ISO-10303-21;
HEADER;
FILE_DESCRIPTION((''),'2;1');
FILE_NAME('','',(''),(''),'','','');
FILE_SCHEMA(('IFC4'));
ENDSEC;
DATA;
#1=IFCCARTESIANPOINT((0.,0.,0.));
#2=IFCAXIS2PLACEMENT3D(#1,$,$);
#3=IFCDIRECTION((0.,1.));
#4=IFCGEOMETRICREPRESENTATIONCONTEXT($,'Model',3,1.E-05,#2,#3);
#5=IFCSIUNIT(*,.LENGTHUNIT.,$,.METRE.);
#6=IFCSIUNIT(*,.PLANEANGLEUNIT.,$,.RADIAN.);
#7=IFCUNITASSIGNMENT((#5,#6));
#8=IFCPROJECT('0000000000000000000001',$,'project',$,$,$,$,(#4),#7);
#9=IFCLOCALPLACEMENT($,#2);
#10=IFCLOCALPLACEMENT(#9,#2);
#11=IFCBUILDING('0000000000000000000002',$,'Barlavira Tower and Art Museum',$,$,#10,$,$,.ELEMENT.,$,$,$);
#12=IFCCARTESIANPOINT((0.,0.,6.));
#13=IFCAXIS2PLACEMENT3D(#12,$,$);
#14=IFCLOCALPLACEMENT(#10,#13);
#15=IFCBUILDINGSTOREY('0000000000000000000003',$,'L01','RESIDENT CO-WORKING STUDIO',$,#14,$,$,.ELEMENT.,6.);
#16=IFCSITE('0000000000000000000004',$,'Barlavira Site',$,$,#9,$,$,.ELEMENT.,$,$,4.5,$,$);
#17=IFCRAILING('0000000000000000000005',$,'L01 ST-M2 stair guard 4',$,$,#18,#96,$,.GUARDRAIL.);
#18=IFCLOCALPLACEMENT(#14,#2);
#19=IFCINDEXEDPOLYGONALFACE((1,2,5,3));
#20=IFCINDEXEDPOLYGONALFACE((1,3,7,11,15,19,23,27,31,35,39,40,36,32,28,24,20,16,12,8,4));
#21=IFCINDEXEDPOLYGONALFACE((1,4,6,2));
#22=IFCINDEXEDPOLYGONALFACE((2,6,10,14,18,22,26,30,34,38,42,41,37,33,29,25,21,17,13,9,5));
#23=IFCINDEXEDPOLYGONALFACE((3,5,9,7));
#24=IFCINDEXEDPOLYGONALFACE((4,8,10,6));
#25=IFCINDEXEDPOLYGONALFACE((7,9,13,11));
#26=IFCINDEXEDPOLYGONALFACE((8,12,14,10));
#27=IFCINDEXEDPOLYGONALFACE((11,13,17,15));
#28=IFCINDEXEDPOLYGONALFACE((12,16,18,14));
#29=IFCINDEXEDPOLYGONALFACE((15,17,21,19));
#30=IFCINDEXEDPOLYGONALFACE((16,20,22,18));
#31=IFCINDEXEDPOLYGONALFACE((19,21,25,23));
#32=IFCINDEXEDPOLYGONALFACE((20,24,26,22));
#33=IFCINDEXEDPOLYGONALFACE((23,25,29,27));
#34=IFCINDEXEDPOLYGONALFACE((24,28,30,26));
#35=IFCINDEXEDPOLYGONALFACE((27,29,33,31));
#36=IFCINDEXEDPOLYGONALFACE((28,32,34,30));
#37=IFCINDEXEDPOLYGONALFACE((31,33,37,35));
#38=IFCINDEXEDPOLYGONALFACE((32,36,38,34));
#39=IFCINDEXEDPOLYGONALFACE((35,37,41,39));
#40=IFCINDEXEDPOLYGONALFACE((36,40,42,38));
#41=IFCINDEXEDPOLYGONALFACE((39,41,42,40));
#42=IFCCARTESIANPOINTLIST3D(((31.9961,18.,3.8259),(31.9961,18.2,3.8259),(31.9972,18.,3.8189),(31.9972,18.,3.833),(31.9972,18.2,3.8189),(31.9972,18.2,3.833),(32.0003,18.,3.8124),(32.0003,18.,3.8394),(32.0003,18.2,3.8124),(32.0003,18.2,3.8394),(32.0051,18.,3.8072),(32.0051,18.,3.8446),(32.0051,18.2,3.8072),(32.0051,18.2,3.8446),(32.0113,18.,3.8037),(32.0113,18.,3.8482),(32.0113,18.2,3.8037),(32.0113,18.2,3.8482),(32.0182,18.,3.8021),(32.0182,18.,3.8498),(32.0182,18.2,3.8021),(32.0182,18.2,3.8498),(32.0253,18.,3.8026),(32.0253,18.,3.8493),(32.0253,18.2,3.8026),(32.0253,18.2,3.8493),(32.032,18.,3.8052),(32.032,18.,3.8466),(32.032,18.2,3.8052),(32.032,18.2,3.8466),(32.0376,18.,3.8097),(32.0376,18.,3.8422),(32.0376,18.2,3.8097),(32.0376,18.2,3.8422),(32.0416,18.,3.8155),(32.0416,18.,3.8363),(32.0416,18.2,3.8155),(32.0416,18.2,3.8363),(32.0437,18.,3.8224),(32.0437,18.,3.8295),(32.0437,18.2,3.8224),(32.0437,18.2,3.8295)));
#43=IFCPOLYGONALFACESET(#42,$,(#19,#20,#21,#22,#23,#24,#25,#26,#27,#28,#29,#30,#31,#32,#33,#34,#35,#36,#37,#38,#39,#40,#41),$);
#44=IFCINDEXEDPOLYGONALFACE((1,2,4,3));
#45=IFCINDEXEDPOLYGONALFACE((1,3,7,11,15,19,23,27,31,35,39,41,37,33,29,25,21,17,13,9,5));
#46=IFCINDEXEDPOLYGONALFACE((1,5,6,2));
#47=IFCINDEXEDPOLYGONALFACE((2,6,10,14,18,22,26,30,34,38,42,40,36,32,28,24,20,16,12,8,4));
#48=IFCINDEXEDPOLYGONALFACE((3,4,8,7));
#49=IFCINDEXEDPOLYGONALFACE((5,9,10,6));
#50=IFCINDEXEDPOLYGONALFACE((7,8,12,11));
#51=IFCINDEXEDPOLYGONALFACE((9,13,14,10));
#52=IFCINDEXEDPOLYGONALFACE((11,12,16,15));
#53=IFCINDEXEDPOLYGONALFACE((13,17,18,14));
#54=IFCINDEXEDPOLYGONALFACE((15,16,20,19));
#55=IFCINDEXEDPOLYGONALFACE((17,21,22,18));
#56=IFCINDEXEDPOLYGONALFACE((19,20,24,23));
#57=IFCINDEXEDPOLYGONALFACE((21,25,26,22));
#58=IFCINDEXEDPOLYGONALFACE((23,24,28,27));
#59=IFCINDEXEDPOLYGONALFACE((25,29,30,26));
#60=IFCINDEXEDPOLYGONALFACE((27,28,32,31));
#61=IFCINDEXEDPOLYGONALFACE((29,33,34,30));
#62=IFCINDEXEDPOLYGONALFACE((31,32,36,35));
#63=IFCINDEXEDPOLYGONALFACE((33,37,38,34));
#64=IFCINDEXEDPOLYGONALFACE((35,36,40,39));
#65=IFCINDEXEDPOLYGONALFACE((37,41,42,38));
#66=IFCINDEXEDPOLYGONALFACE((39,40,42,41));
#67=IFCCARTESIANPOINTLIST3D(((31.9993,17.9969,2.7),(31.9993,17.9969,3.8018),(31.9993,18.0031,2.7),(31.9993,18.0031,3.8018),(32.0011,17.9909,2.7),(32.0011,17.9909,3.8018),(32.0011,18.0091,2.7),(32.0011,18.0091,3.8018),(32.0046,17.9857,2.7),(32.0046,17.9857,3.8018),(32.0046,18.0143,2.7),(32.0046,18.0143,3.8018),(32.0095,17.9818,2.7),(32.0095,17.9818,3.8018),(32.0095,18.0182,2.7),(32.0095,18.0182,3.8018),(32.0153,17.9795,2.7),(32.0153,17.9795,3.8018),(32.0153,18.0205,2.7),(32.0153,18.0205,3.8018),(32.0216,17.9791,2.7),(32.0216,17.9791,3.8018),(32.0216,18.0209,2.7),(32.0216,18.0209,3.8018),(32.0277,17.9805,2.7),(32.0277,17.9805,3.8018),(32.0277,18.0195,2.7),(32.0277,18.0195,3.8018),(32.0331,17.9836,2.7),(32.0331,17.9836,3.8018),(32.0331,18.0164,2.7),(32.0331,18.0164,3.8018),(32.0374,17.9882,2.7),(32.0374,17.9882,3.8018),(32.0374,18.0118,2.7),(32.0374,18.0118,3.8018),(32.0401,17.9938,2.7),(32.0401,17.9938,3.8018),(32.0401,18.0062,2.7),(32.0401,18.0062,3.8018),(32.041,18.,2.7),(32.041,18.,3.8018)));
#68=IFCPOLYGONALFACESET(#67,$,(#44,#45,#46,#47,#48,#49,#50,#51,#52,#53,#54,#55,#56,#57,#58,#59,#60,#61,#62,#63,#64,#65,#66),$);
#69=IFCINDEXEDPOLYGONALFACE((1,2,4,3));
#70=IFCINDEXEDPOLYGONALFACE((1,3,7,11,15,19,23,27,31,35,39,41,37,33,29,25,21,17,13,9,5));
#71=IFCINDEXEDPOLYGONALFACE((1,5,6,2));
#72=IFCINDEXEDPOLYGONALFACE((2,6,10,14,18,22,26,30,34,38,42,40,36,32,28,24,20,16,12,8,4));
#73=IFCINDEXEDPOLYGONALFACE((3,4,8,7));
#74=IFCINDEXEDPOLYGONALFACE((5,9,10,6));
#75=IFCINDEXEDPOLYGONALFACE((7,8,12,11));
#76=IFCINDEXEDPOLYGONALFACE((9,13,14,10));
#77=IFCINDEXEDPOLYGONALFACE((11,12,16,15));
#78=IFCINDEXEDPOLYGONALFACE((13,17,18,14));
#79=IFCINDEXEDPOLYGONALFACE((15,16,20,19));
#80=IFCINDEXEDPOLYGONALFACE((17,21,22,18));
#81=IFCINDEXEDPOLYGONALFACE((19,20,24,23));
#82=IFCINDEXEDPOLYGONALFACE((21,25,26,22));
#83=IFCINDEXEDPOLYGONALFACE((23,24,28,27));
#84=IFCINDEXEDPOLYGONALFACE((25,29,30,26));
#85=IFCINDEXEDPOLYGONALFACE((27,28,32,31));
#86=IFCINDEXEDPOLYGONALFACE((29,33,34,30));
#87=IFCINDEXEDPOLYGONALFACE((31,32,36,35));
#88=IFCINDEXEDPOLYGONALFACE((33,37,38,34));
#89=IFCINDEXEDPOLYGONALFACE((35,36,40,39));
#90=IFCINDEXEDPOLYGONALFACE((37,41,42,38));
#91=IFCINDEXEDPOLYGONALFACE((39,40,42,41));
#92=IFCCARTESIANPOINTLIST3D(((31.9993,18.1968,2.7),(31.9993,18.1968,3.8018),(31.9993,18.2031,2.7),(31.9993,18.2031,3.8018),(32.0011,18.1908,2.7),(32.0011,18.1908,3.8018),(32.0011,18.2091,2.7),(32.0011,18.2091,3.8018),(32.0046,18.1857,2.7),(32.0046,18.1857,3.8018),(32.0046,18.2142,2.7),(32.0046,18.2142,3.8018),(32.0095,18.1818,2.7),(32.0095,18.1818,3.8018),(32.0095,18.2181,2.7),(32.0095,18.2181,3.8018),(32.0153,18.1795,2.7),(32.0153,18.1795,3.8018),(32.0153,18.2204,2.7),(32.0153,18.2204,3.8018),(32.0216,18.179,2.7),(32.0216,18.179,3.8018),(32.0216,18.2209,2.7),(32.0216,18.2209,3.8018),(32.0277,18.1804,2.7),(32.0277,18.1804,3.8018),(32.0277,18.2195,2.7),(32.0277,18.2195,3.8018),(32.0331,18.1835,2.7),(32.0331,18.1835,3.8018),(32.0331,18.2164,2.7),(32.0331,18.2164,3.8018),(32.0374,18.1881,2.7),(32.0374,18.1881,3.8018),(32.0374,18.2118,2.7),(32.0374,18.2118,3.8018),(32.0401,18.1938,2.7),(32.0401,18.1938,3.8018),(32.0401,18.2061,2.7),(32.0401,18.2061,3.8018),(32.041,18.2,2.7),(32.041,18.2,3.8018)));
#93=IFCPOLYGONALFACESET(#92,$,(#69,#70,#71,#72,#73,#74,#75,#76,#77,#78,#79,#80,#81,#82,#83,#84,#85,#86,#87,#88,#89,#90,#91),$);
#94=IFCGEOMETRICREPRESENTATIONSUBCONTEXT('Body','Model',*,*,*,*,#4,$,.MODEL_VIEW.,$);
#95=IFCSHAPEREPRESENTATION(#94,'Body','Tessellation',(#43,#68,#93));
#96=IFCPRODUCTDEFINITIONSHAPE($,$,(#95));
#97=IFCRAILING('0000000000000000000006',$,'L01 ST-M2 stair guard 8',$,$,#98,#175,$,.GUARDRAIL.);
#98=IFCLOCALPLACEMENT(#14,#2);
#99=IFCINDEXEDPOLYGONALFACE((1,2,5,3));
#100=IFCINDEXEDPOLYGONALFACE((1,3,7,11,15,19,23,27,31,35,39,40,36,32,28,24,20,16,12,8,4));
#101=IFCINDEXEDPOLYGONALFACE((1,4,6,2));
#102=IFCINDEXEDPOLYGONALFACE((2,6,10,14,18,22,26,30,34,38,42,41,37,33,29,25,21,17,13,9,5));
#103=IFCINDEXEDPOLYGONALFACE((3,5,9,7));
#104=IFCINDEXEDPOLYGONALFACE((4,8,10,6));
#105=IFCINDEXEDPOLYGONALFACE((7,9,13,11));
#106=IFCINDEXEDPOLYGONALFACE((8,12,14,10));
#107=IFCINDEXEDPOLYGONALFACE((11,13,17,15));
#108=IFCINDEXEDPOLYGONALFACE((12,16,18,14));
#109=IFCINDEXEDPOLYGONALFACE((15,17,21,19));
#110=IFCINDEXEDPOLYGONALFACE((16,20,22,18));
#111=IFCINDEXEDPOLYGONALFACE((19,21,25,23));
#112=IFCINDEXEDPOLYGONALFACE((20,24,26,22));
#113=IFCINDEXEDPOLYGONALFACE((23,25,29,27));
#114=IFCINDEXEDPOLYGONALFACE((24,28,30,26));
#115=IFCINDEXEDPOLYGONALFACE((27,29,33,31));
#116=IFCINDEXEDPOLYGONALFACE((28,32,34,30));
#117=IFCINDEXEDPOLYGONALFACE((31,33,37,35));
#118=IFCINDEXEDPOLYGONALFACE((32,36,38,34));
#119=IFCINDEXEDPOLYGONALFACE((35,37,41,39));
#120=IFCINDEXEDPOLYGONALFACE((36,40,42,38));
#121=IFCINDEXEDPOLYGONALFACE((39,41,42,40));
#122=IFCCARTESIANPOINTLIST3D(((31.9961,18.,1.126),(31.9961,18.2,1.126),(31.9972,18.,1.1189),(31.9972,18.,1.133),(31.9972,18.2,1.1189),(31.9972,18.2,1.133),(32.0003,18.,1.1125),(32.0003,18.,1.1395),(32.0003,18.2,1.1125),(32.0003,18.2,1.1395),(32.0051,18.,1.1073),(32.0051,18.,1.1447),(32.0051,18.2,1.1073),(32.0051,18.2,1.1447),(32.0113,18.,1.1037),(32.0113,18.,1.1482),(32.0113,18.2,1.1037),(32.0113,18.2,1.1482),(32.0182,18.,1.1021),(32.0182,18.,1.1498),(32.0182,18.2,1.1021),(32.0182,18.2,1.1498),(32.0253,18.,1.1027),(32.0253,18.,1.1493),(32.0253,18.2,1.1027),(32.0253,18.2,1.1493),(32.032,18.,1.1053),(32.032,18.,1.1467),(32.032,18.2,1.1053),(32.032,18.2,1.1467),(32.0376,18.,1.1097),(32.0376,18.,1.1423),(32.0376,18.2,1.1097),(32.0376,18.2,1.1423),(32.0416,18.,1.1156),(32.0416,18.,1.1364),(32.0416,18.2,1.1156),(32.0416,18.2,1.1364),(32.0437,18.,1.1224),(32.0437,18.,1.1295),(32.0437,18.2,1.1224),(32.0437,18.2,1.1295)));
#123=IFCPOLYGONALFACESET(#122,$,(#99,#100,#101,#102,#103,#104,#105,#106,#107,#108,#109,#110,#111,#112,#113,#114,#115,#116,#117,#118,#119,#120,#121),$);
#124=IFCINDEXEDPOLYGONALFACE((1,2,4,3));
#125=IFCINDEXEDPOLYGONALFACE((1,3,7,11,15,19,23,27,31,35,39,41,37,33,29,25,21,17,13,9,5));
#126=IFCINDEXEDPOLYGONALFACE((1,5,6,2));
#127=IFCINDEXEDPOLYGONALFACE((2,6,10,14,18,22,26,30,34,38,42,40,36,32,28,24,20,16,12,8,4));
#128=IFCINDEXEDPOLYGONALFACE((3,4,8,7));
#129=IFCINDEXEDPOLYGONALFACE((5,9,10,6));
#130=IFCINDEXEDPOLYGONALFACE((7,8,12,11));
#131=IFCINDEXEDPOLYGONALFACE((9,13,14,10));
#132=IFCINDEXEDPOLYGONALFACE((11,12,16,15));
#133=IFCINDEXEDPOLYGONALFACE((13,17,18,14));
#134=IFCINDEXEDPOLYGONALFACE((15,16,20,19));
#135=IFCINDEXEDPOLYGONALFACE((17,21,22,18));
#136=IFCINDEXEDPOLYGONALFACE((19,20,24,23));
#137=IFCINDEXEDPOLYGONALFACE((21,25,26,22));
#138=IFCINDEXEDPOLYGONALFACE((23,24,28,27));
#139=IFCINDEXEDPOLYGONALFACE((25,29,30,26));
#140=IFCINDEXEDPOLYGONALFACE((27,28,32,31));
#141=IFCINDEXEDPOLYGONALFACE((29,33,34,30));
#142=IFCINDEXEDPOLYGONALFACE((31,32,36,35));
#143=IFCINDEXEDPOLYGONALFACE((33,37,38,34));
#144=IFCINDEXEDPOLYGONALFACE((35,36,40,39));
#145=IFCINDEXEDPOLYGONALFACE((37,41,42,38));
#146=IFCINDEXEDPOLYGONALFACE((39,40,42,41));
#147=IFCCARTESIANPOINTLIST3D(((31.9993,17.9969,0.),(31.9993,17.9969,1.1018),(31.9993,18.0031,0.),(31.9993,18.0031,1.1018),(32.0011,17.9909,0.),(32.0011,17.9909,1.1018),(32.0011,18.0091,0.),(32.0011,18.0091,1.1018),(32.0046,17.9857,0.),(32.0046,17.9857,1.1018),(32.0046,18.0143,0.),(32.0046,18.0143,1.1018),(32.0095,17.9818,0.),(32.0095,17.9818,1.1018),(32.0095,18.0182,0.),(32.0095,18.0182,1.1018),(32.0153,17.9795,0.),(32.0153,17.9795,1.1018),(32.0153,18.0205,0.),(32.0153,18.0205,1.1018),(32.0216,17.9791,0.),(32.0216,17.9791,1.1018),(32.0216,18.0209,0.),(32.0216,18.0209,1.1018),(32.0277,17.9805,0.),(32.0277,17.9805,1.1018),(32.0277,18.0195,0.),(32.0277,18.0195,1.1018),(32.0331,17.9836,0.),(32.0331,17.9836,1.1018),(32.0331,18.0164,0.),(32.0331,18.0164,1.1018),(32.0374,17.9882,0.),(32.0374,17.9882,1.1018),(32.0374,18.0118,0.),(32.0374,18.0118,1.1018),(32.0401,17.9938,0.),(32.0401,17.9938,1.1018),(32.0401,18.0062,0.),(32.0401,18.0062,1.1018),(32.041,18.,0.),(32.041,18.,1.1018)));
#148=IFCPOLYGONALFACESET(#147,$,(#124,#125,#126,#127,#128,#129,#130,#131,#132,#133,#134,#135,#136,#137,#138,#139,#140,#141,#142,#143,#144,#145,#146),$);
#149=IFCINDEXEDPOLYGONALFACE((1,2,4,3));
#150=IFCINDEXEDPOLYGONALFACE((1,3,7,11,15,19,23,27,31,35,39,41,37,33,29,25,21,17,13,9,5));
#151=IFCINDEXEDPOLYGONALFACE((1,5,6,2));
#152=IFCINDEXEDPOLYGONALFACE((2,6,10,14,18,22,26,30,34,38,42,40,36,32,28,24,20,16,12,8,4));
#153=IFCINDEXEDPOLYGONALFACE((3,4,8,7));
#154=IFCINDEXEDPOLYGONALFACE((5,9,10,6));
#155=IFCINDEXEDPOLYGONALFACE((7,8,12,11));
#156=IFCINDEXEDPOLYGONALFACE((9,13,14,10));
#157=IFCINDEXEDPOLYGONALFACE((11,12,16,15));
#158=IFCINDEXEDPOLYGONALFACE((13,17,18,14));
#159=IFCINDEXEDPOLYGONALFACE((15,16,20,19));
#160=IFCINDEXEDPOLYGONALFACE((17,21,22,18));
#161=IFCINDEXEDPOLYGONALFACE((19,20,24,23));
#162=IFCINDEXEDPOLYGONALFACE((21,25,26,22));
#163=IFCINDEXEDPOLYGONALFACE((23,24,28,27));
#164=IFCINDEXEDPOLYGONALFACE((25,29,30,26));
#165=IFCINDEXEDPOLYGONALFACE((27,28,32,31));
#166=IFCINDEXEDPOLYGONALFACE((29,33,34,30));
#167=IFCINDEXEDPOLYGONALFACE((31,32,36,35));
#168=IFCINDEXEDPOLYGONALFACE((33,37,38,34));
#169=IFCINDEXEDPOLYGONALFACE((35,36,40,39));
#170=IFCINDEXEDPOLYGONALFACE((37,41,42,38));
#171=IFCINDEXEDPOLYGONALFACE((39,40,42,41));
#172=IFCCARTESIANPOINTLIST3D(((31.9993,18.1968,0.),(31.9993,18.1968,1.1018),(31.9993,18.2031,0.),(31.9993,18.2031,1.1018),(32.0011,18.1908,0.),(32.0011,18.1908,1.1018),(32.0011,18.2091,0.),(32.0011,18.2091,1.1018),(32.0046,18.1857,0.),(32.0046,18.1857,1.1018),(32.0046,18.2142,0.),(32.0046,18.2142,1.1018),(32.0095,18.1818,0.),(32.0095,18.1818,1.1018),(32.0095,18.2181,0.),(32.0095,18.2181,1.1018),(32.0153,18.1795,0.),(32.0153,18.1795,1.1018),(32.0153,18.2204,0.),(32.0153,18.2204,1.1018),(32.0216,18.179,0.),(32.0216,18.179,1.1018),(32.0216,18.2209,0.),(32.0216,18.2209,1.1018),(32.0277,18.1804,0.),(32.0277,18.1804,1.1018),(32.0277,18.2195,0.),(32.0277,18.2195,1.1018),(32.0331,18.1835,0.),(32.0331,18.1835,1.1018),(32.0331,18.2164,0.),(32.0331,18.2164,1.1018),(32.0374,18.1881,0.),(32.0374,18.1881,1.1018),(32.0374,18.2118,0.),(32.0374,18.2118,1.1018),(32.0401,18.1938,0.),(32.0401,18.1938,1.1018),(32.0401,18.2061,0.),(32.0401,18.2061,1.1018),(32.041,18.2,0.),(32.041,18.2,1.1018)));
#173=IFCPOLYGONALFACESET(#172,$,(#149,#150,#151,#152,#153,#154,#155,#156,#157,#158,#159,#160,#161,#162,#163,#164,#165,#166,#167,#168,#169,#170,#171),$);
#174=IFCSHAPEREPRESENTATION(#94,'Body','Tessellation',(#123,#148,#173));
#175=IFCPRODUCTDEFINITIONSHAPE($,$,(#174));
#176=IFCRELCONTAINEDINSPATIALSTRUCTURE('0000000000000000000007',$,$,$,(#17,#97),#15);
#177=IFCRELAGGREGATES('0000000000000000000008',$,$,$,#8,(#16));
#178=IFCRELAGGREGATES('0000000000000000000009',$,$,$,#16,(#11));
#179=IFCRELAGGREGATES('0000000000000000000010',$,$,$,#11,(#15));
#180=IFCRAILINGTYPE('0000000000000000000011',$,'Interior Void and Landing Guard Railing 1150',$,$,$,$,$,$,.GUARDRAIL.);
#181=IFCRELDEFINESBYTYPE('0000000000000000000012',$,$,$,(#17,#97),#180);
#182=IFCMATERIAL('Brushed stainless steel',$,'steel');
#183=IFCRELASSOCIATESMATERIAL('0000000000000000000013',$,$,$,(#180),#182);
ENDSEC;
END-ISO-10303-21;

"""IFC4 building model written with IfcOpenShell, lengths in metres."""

from ifc_helpers import new_model, si_unit, direction, frame, origin, origin_2d, place, context, subcontext, project, spatial, circle, extrude, material, type_object, element, save


model = new_model("IFC4")

# Units and contexts
model_context = context("Model", 3, precision=1e-05, world=origin(), true_north=direction((0.0, 1.0)))
body_context = subcontext(model_context, "Body", "Model", "MODEL_VIEW")
ifc_project = project(units=[si_unit("LENGTHUNIT", "METRE"), si_unit("PLANEANGLEUNIT", "RADIAN")], contexts=[model_context])

# Site, building, storey
site_placement = place(None, origin())
site = spatial("IfcSite", under=ifc_project, at=site_placement, Name="Barlavira Site", CompositionType="ELEMENT", RefElevation=4.5)
building_placement = place(site_placement, origin())
building = spatial("IfcBuilding", under=site, at=building_placement, Name="Barlavira Tower and Art Museum", CompositionType="ELEMENT")
storey_placement = place(building_placement, frame((0.0, 0.0, 6.0)))
storey = spatial("IfcBuildingStorey", under=building, at=storey_placement, Name="L01", Description="RESIDENT CO-WORKING STUDIO", CompositionType="ELEMENT", Elevation=6.0)

# Railings
ifc_material_1 = material(Name="Brushed stainless steel", Category="steel")
railing_type_1 = type_object("IfcRailingType", Name="Interior Void and Landing Guard Railing 1150", PredefinedType="GUARDRAIL", material=ifc_material_1)
for number, where, name in (
    (1, (32.02, 18.0, 2.7), "L01 ST-M2 stair guard 4"),
    (2, (32.02, 18.0, 0.0), "L01 ST-M2 stair guard 8"),
):
    element("IfcRailing", number, at=place(storey_placement, frame(where)), inside=storey, type_object=railing_type_1, Name=name, PredefinedType="GUARDRAIL", context=body_context, shape_type="SweptSolid", body=[
        extrude(circle(Radius=0.0239, at=origin_2d()), frame((0.0, 0.0, 1.126), z_axis=(0.0, 1.0, 0.0), x_axis=(-1.0, 0.0, 0.0)), (0.0, 0.0, 1.0), 0.2),
        extrude(circle(Radius=0.021, at=origin_2d()), origin(), (0.0, 0.0, 1.0), 1.1018),
        extrude(circle(Radius=0.021, at=origin_2d()), frame((0.0, 0.2, 0.0)), (0.0, 0.0, 1.0), 1.1018),
    ])

save(model, "model.ifc")
